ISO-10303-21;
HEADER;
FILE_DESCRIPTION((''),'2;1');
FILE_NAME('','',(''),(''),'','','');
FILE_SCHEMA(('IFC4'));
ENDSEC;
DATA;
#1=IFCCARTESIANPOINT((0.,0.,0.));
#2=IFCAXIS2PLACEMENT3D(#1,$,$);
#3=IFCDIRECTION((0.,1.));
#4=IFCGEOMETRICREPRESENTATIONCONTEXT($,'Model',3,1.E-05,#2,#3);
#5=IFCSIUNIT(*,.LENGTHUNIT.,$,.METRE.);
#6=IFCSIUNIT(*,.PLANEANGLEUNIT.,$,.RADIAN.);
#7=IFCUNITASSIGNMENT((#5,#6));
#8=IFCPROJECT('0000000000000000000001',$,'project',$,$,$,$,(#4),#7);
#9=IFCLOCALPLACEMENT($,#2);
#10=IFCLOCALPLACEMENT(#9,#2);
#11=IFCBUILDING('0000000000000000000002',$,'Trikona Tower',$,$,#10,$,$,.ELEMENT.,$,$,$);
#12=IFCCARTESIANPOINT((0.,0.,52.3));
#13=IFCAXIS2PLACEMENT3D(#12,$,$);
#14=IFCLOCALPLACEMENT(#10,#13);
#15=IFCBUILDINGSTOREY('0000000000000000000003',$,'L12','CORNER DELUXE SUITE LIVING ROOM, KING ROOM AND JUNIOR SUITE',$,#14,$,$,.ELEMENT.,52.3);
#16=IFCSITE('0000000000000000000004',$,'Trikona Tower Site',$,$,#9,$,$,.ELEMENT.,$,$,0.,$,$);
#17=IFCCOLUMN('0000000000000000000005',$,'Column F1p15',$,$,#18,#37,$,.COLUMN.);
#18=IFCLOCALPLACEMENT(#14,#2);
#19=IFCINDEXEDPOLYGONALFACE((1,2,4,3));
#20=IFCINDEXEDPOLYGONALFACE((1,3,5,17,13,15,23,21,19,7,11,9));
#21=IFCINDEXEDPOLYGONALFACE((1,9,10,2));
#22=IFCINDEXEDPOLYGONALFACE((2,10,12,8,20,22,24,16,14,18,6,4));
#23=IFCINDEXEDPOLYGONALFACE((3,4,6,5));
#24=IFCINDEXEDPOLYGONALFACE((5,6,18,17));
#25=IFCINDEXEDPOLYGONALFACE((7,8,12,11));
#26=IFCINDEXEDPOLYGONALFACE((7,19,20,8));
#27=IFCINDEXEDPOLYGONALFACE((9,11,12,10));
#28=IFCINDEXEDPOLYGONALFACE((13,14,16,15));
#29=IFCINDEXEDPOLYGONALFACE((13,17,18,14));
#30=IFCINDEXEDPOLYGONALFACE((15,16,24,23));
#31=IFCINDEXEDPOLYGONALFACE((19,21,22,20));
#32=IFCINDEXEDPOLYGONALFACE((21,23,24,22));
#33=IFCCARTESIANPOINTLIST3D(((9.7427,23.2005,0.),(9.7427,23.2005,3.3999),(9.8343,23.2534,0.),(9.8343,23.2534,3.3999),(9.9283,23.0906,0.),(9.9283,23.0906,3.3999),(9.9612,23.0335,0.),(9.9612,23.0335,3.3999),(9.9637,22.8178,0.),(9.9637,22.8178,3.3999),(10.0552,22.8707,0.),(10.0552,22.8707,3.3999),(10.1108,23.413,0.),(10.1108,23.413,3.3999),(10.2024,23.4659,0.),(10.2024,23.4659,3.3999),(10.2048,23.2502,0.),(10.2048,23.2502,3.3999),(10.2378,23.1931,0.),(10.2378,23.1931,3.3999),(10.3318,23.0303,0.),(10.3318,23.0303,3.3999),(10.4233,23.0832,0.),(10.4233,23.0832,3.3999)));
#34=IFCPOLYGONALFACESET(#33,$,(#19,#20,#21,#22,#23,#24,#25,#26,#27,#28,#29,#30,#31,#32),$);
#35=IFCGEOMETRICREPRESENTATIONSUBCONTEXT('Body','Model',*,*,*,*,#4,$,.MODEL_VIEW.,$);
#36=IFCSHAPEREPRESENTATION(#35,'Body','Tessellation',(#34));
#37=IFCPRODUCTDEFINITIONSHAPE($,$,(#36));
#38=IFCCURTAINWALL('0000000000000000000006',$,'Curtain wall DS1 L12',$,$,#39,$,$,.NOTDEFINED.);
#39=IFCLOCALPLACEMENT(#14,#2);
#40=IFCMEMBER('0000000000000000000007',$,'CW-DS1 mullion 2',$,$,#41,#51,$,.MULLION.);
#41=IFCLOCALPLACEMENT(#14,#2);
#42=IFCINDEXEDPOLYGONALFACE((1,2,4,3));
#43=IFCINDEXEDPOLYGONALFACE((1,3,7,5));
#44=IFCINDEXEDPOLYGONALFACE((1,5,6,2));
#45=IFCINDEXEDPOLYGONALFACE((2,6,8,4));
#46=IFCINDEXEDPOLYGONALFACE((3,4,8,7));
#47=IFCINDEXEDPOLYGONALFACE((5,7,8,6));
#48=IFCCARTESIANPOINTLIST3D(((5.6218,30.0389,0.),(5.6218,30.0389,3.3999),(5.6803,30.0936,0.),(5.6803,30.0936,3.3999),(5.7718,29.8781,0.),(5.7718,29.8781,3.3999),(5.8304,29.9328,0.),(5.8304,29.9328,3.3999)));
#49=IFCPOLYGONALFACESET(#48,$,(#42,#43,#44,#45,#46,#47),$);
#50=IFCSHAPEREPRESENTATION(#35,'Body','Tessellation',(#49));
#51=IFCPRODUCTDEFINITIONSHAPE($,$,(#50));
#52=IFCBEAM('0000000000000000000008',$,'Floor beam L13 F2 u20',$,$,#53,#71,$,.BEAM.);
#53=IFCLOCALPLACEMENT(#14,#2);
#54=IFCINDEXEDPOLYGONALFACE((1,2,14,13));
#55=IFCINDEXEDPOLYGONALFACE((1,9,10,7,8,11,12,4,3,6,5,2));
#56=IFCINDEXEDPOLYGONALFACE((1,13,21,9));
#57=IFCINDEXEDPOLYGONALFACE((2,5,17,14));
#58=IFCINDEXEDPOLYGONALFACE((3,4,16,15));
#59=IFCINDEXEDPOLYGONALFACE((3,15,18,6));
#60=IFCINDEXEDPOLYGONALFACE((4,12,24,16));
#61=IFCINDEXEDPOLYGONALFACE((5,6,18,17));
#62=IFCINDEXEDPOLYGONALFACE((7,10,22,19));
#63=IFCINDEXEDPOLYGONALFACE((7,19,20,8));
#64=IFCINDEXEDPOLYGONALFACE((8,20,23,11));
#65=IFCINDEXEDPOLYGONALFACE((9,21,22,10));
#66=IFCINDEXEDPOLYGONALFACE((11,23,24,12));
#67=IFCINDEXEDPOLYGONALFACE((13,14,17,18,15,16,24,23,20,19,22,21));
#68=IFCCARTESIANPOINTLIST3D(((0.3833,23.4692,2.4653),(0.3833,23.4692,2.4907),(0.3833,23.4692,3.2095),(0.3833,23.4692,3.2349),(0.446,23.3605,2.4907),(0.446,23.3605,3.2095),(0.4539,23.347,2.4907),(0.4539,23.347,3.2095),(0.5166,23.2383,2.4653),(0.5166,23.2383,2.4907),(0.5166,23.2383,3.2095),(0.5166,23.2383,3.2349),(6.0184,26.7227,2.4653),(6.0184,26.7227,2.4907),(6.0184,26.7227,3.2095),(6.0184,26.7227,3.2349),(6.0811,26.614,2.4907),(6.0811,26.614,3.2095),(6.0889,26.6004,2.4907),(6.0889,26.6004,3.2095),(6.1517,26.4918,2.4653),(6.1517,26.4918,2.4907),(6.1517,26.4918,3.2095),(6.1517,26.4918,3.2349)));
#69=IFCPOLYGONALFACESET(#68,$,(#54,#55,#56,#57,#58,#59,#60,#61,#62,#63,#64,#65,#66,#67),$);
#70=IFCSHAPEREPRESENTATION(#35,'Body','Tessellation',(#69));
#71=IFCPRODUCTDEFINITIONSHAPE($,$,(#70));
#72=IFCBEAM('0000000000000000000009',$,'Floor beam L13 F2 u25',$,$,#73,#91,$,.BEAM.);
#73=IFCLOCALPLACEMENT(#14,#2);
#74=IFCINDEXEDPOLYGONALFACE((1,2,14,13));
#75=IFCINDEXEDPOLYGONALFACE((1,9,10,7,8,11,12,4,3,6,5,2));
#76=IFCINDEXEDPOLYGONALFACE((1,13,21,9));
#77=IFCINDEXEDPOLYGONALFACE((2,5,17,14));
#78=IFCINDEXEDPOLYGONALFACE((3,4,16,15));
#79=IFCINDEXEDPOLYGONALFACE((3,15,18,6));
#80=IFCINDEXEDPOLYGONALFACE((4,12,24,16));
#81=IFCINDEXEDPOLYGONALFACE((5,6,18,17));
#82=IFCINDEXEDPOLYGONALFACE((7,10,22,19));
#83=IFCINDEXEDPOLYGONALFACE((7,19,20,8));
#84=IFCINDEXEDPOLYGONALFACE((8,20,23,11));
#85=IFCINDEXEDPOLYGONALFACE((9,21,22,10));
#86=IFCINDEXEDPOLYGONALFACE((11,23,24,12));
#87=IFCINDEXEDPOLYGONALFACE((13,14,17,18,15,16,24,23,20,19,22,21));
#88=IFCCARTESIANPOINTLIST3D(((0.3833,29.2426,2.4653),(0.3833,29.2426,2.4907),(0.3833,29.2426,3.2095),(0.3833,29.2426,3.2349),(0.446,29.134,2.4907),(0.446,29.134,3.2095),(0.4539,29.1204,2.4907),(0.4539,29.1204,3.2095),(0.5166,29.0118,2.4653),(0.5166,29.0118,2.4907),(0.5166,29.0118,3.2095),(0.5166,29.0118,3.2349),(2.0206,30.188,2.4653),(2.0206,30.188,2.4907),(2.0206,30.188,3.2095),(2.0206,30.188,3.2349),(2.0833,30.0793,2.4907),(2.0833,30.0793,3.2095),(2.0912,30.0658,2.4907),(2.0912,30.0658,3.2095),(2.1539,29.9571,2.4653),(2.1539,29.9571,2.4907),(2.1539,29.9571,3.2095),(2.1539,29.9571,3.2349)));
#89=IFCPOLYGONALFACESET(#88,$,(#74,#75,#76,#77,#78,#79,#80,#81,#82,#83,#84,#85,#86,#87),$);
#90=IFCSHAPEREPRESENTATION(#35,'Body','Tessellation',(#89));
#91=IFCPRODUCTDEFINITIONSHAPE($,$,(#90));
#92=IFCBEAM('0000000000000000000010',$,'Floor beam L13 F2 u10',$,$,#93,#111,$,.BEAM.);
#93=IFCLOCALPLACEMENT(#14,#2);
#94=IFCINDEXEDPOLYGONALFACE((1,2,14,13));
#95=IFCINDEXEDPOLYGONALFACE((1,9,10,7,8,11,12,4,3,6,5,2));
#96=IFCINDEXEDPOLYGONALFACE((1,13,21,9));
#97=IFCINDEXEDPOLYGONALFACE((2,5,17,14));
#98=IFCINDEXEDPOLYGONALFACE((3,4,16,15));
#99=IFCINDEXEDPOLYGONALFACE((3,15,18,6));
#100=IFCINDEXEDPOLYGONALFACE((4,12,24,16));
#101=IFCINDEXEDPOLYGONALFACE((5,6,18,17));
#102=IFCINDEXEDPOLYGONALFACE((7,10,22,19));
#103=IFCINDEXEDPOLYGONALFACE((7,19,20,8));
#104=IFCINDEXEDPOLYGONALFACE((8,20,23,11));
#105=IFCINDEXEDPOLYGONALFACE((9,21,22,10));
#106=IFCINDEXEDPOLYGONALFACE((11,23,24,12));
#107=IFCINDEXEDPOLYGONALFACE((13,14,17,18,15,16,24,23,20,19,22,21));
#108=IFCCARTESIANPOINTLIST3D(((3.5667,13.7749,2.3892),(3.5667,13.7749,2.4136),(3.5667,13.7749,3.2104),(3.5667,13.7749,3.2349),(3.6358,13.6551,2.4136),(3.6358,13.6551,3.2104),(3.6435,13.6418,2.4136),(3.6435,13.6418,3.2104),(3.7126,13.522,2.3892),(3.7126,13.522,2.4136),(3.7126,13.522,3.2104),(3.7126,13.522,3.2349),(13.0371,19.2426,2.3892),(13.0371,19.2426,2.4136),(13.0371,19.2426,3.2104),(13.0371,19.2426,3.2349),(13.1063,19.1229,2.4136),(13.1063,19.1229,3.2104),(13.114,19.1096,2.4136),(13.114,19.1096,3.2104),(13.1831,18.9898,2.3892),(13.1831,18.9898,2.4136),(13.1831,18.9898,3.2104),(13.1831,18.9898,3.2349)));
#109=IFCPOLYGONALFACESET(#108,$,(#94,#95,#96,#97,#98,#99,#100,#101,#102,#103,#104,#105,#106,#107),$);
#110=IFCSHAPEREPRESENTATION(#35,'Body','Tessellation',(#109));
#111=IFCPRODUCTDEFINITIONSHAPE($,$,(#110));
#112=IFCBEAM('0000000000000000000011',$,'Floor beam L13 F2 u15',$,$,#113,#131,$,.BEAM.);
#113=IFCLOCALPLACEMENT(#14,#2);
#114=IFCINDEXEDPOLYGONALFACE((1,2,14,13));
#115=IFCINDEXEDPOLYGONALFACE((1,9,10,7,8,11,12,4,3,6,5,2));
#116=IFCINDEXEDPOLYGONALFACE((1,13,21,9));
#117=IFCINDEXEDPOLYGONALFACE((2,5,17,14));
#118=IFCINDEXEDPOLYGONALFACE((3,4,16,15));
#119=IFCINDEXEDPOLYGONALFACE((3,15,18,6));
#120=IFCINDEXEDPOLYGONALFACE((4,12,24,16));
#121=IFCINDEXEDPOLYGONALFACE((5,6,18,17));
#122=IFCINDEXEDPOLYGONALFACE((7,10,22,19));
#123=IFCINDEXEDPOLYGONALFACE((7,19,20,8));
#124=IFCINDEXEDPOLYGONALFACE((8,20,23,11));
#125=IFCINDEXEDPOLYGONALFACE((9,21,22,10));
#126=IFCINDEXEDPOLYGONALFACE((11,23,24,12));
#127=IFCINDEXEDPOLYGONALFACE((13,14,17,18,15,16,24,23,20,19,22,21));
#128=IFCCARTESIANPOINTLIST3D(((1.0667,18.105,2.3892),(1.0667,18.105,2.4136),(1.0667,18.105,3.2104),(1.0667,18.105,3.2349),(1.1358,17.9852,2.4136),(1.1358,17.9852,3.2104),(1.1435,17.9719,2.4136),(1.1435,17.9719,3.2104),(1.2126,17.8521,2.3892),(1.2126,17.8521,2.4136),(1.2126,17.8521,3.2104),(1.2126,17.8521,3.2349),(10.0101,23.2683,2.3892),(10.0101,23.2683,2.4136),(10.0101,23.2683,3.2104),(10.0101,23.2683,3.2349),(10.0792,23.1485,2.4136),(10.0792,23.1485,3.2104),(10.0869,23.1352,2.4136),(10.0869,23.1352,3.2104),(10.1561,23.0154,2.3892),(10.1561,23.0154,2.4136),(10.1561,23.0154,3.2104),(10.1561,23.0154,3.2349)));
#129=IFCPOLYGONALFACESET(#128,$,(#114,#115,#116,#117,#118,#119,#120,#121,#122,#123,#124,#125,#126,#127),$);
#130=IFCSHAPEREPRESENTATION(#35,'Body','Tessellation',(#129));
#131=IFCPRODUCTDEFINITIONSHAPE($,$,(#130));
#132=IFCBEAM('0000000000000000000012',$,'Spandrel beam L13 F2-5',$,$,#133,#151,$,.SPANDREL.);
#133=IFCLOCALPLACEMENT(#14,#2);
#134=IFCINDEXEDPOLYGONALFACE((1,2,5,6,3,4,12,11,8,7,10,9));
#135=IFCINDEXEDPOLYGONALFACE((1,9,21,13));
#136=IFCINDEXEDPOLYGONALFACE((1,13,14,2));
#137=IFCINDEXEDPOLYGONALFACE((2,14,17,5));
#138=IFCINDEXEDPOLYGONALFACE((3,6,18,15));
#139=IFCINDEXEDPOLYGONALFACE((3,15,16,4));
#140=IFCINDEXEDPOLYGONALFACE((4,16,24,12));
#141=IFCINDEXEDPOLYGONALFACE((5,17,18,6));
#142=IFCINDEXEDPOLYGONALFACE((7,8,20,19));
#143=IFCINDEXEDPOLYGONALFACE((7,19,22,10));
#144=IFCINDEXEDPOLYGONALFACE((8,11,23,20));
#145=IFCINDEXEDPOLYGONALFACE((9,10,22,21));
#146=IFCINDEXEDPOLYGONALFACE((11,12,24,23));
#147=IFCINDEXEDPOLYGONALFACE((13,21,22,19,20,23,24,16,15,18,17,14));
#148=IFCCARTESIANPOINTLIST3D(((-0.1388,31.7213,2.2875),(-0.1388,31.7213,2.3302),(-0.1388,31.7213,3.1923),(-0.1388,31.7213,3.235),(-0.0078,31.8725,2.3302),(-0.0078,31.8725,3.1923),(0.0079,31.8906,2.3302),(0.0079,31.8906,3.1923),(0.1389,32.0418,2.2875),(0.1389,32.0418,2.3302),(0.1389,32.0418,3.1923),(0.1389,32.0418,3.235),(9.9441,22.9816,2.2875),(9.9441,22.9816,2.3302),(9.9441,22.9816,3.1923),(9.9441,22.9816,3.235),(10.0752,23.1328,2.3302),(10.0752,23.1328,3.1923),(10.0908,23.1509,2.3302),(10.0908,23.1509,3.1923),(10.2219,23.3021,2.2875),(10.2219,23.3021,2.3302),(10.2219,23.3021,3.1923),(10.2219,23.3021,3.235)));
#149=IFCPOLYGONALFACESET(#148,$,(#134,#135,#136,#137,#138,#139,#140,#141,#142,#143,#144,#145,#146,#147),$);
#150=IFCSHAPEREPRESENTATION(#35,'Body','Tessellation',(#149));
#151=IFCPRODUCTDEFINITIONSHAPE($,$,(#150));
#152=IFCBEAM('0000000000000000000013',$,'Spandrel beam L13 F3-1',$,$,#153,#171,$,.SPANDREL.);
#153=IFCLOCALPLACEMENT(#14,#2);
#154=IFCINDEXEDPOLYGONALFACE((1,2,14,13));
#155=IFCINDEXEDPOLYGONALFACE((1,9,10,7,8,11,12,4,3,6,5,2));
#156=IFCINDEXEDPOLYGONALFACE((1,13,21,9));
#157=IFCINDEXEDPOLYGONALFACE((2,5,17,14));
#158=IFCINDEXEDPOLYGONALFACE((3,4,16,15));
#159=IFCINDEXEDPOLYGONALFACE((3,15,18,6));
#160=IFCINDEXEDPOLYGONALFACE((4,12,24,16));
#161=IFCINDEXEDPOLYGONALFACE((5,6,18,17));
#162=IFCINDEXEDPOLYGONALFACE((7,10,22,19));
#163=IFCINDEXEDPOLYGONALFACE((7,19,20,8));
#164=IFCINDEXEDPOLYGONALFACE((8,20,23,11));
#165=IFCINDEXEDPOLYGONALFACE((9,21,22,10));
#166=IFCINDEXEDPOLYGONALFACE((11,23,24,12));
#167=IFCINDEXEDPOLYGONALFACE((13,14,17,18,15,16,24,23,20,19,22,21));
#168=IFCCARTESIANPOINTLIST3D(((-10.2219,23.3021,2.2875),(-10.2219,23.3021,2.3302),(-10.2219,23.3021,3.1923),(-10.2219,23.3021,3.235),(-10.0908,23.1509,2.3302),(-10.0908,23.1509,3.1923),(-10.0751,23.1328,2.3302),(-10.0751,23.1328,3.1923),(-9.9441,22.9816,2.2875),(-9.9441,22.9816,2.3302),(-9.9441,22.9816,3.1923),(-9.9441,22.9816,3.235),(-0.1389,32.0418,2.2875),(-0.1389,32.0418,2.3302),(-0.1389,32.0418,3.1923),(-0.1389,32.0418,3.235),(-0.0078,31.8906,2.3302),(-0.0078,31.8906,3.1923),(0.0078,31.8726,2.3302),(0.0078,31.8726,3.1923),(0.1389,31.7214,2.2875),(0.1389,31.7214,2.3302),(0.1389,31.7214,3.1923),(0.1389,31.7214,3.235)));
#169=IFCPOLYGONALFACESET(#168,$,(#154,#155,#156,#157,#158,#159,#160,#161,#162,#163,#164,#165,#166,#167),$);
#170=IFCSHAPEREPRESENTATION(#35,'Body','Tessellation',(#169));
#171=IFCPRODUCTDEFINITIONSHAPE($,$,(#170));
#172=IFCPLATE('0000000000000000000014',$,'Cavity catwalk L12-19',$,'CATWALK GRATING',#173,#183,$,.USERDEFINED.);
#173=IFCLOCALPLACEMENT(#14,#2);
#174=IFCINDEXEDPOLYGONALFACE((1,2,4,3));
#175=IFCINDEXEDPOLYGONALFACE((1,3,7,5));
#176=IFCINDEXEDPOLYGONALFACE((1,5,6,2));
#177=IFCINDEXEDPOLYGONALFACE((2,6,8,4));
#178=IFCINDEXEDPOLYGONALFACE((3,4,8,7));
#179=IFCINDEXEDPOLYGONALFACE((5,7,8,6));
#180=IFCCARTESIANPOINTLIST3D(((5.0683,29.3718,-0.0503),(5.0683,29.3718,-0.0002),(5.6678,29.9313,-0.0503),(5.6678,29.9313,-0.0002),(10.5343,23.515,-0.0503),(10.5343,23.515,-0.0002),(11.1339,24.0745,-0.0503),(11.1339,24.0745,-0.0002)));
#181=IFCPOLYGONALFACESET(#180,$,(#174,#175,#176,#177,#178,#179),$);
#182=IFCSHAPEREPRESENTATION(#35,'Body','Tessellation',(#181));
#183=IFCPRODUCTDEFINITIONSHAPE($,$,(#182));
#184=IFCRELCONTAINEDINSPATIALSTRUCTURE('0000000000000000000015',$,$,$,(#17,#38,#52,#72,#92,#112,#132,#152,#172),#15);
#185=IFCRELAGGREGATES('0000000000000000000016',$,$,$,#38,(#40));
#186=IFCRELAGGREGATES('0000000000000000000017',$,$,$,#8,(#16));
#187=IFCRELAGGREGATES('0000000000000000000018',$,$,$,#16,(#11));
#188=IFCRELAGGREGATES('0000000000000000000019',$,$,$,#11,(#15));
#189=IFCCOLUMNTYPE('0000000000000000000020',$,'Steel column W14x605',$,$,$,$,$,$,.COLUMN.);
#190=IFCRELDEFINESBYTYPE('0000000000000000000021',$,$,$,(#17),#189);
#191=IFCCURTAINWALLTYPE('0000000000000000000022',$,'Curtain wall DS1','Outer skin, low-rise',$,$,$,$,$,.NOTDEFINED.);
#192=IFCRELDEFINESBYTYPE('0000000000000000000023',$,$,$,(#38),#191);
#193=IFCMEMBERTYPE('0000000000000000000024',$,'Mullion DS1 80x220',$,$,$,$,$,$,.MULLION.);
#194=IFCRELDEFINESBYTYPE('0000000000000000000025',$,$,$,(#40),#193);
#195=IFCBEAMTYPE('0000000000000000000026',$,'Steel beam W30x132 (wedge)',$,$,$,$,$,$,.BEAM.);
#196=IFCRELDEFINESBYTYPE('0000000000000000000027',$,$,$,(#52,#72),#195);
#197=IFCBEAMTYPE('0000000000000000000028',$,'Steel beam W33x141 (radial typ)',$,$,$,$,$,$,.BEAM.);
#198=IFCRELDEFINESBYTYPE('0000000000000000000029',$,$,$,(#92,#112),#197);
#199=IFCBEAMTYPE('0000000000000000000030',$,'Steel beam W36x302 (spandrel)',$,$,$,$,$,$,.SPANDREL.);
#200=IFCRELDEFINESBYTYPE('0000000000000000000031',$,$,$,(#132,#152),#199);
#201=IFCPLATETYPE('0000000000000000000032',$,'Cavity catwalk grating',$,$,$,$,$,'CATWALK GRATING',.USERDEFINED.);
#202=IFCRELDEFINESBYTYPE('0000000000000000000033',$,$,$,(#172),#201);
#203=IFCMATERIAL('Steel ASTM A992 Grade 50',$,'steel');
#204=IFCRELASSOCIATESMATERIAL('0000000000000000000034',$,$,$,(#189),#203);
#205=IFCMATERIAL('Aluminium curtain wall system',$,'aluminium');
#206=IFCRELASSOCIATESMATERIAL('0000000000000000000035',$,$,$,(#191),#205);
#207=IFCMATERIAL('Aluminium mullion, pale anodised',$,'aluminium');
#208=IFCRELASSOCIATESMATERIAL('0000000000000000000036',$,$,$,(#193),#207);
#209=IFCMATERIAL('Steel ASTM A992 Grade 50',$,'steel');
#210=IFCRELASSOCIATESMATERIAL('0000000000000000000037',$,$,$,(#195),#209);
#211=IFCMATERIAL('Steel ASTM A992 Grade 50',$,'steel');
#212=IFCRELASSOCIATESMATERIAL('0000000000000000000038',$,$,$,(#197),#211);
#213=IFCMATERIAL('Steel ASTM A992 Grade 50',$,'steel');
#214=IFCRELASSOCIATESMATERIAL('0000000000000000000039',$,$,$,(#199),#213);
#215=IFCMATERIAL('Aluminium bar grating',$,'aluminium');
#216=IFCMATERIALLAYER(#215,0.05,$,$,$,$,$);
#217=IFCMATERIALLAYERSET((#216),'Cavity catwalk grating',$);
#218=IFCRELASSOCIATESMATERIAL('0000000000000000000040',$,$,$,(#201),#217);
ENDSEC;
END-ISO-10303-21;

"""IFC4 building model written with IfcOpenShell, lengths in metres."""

from ifc_helpers import new_model, si_unit, direction, frame, origin, origin_2d, place, context, subcontext, project, spatial, rectangle, i_section, extrude, material, layer, layer_set, material_profile, profile_set, type_object, element, aggregate, save


model = new_model("IFC4")

# Units and contexts
model_context = context("Model", 3, precision=1e-05, world=origin(), true_north=direction((0.0, 1.0)))
body_context = subcontext(model_context, "Body", "Model", "MODEL_VIEW")
ifc_project = project(units=[si_unit("LENGTHUNIT", "METRE"), si_unit("PLANEANGLEUNIT", "RADIAN")], contexts=[model_context])

# Site, building, storey
site_placement = place(None, origin())
site = spatial("IfcSite", under=ifc_project, at=site_placement, Name="Trikona Tower Site", CompositionType="ELEMENT", RefElevation=0.0)
building_placement = place(site_placement, origin())
building = spatial("IfcBuilding", under=site, at=building_placement, Name="Trikona Tower", CompositionType="ELEMENT")
storey_placement = place(building_placement, frame((0.0, 0.0, 52.3)))
storey = spatial("IfcBuildingStorey", under=building, at=storey_placement, Name="L12", Description="CORNER DELUXE SUITE LIVING ROOM, KING ROOM AND JUNIOR SUITE", CompositionType="ELEMENT", Elevation=52.3)

# Column
ifc_material_1 = material(Name="Steel ASTM A992 Grade 50", Category="steel")
ifc_material_profile_1 = material_profile(ifc_material_1, i_section(OverallWidth=0.4419, OverallDepth=0.5308, WebThickness=0.0659, FlangeThickness=0.1057, at=origin_2d()), Name="W14X605")
ifc_profile_set_1 = profile_set([ifc_material_profile_1], Name="Steel ASTM A992 Grade 50")
column_type = type_object("IfcColumnType", Name="Steel column W14x605", PredefinedType="COLUMN", material=ifc_profile_set_1)
column_placement = place(storey_placement, frame((10.083, 23.1418, 0.0), z_axis=(0.0, 0.0, 1.0), x_axis=(-0.5, 0.866025, 0.0)))
element("IfcColumn", 1, at=column_placement, inside=storey, type_object=column_type, Name="Column F1p15", PredefinedType="COLUMN", context=body_context, shape_type="SweptSolid", body=[
    extrude(i_section(OverallWidth=0.4419, OverallDepth=0.5308, WebThickness=0.0659, FlangeThickness=0.1057, at=origin_2d()), origin(), (0.0, 0.0, 1.0), 3.3999),
])

# Curtain wall, member
ifc_material_2 = material(Name="Aluminium curtain wall system", Category="aluminium")
curtain_wall_type = type_object("IfcCurtainWallType", Name="Curtain wall DS1", Description="Outer skin, low-rise", PredefinedType="NOTDEFINED", material=ifc_material_2)
curtain_wall_placement = place(storey_placement, origin())
curtain_wall = element("IfcCurtainWall", 2, at=curtain_wall_placement, inside=storey, type_object=curtain_wall_type, Name="Curtain wall DS1 L12", PredefinedType="NOTDEFINED")
ifc_material_3 = material(Name="Aluminium mullion, pale anodised", Category="aluminium")
ifc_material_profile_2 = material_profile(ifc_material_3, rectangle(XDim=0.0801, YDim=0.22, at=origin_2d()), Name="MUL-DS1")
ifc_profile_set_2 = profile_set([ifc_material_profile_2], Name="Aluminium mullion, pale anodised")
member_type = type_object("IfcMemberType", Name="Mullion DS1 80x220", PredefinedType="MULLION", material=ifc_profile_set_2)
member_placement = place(storey_placement, frame((5.7261, 29.9858, 0.0), z_axis=(0.0, 0.0, 1.0), x_axis=(-0.731077, -0.682295, 0.0)))
member = element("IfcMember", 3, at=member_placement, type_object=member_type, Name="CW-DS1 mullion 2", PredefinedType="MULLION", context=body_context, shape_type="SweptSolid", body=[
    extrude(rectangle(XDim=0.0801, YDim=0.22, at=origin_2d()), origin(), (0.0, 0.0, 1.0), 3.3999),
])

# Beams
ifc_material_4 = material(Name="Steel ASTM A992 Grade 50", Category="steel")
ifc_material_profile_3 = material_profile(ifc_material_4, i_section(OverallWidth=0.2666, OverallDepth=0.7695, WebThickness=0.0156, FlangeThickness=0.0254, at=origin_2d()), Name="W30X132")
ifc_profile_set_3 = profile_set([ifc_material_profile_3], Name="Steel ASTM A992 Grade 50")
beam_type_1 = type_object("IfcBeamType", Name="Steel beam W30x132 (wedge)", PredefinedType="BEAM", material=ifc_profile_set_3)
beam_1_placement = place(storey_placement, frame((0.45, 23.3538, 2.8501), z_axis=(0.866023, 0.500005, 0.0), x_axis=(-0.500005, 0.866023, 0.0)))
element("IfcBeam", 4, at=beam_1_placement, inside=storey, type_object=beam_type_1, Name="Floor beam L13 F2 u20", PredefinedType="BEAM", context=body_context, shape_type="SweptSolid", body=[
    extrude(i_section(OverallWidth=0.2666, OverallDepth=0.7695, WebThickness=0.0156, FlangeThickness=0.0254, at=origin_2d()), origin(), (0.0, 0.0, 1.0), 6.5068),
])
beam_2_placement = place(storey_placement, frame((0.45, 29.1272, 2.8501), z_axis=(0.866009, 0.500028, 0.0), x_axis=(-0.500028, 0.866009, 0.0)))
element("IfcBeam", 5, at=beam_2_placement, inside=storey, type_object=beam_type_1, Name="Floor beam L13 F2 u25", PredefinedType="BEAM", context=body_context, shape_type="SweptSolid", body=[
    extrude(i_section(OverallWidth=0.2666, OverallDepth=0.7695, WebThickness=0.0156, FlangeThickness=0.0254, at=origin_2d()), origin(), (0.0, 0.0, 1.0), 1.8906),
])
ifc_material_5 = material(Name="Steel ASTM A992 Grade 50", Category="steel")
ifc_material_profile_4 = material_profile(ifc_material_5, i_section(OverallWidth=0.292, OverallDepth=0.8457, WebThickness=0.0154, FlangeThickness=0.0244, at=origin_2d()), Name="W33X141")
ifc_profile_set_4 = profile_set([ifc_material_profile_4], Name="Steel ASTM A992 Grade 50")
beam_type_2 = type_object("IfcBeamType", Name="Steel beam W33x141 (radial typ)", PredefinedType="BEAM", material=ifc_profile_set_4)
beam_3_placement = place(storey_placement, frame((3.6396, 13.6484, 2.812), z_axis=(0.866025, 0.5, 0.0), x_axis=(-0.5, 0.866025, 0.0)))
element("IfcBeam", 6, at=beam_3_placement, inside=storey, type_object=beam_type_2, Name="Floor beam L13 F2 u10", PredefinedType="BEAM", context=body_context, shape_type="SweptSolid", body=[
    extrude(i_section(OverallWidth=0.292, OverallDepth=0.8457, WebThickness=0.0154, FlangeThickness=0.0244, at=origin_2d()), origin(), (0.0, 0.0, 1.0), 10.9355),
])
beam_4_placement = place(storey_placement, frame((1.1396, 17.9785, 2.812), z_axis=(0.86603, 0.499991, 0.0), x_axis=(-0.499991, 0.86603, 0.0)))
element("IfcBeam", 7, at=beam_4_placement, inside=storey, type_object=beam_type_2, Name="Floor beam L13 F2 u15", PredefinedType="BEAM", context=body_context, shape_type="SweptSolid", body=[
    extrude(i_section(OverallWidth=0.292, OverallDepth=0.8457, WebThickness=0.0154, FlangeThickness=0.0244, at=origin_2d()), origin(), (0.0, 0.0, 1.0), 10.3269),
])
ifc_material_6 = material(Name="Steel ASTM A992 Grade 50", Category="steel")
ifc_material_profile_5 = material_profile(ifc_material_6, i_section(OverallWidth=0.4241, OverallDepth=0.9475, WebThickness=0.0239, FlangeThickness=0.0427, at=origin_2d()), Name="W36X302")
ifc_profile_set_5 = profile_set([ifc_material_profile_5], Name="Steel ASTM A992 Grade 50")
beam_type_3 = type_object("IfcBeamType", Name="Steel beam W36x302 (spandrel)", PredefinedType="SPANDREL", material=ifc_profile_set_5)
for number, where, z_axis, x_axis, name in (
    (8, (10.083, 23.1418, 2.7612), (-0.755647, 0.654979, 0.0), (-0.654979, -0.755647, 0.0), "Spandrel beam L13 F2-5"),
    (9, (0.0, 31.8816, 2.7612), (-0.755647, -0.654979, 0.0), (0.654979, -0.755647, 0.0), "Spandrel beam L13 F3-1"),
):
    element("IfcBeam", number, at=place(storey_placement, frame(where, z_axis=z_axis, x_axis=x_axis)), inside=storey, type_object=beam_type_3, Name=name, PredefinedType="SPANDREL", context=body_context, shape_type="SweptSolid", body=[
        extrude(i_section(OverallWidth=0.4241, OverallDepth=0.9475, WebThickness=0.0239, FlangeThickness=0.0427, at=origin_2d()), origin(), (0.0, 0.0, 1.0), 13.3435),
    ])

# Plate
ifc_material_7 = material(Name="Aluminium bar grating", Category="aluminium")
ifc_layer_1 = layer(ifc_material_7, 0.05)
ifc_layer_set_1 = layer_set([ifc_layer_1], Name="Cavity catwalk grating")
plate_type_1 = type_object("IfcPlateType", Name="Cavity catwalk grating", ElementType="CATWALK GRATING", PredefinedType="USERDEFINED", material=ifc_layer_set_1)
plate_1_placement = place(storey_placement, frame((8.1011, 26.7231, -0.0503), z_axis=(0.0, 0.0, 1.0), x_axis=(-0.682298, 0.731074, 0.0)))
element("IfcPlate", 10, at=plate_1_placement, inside=storey, type_object=plate_type_1, Name="Cavity catwalk L12-19", ObjectType="CATWALK GRATING", PredefinedType="USERDEFINED", context=body_context, shape_type="SweptSolid", body=[
    extrude(rectangle(XDim=8.0112, YDim=0.8201, at=origin_2d()), origin(), (0.0, 0.0, 1.0), 0.05),
])
aggregate(curtain_wall, [member])

save(model, "model.ifc")
